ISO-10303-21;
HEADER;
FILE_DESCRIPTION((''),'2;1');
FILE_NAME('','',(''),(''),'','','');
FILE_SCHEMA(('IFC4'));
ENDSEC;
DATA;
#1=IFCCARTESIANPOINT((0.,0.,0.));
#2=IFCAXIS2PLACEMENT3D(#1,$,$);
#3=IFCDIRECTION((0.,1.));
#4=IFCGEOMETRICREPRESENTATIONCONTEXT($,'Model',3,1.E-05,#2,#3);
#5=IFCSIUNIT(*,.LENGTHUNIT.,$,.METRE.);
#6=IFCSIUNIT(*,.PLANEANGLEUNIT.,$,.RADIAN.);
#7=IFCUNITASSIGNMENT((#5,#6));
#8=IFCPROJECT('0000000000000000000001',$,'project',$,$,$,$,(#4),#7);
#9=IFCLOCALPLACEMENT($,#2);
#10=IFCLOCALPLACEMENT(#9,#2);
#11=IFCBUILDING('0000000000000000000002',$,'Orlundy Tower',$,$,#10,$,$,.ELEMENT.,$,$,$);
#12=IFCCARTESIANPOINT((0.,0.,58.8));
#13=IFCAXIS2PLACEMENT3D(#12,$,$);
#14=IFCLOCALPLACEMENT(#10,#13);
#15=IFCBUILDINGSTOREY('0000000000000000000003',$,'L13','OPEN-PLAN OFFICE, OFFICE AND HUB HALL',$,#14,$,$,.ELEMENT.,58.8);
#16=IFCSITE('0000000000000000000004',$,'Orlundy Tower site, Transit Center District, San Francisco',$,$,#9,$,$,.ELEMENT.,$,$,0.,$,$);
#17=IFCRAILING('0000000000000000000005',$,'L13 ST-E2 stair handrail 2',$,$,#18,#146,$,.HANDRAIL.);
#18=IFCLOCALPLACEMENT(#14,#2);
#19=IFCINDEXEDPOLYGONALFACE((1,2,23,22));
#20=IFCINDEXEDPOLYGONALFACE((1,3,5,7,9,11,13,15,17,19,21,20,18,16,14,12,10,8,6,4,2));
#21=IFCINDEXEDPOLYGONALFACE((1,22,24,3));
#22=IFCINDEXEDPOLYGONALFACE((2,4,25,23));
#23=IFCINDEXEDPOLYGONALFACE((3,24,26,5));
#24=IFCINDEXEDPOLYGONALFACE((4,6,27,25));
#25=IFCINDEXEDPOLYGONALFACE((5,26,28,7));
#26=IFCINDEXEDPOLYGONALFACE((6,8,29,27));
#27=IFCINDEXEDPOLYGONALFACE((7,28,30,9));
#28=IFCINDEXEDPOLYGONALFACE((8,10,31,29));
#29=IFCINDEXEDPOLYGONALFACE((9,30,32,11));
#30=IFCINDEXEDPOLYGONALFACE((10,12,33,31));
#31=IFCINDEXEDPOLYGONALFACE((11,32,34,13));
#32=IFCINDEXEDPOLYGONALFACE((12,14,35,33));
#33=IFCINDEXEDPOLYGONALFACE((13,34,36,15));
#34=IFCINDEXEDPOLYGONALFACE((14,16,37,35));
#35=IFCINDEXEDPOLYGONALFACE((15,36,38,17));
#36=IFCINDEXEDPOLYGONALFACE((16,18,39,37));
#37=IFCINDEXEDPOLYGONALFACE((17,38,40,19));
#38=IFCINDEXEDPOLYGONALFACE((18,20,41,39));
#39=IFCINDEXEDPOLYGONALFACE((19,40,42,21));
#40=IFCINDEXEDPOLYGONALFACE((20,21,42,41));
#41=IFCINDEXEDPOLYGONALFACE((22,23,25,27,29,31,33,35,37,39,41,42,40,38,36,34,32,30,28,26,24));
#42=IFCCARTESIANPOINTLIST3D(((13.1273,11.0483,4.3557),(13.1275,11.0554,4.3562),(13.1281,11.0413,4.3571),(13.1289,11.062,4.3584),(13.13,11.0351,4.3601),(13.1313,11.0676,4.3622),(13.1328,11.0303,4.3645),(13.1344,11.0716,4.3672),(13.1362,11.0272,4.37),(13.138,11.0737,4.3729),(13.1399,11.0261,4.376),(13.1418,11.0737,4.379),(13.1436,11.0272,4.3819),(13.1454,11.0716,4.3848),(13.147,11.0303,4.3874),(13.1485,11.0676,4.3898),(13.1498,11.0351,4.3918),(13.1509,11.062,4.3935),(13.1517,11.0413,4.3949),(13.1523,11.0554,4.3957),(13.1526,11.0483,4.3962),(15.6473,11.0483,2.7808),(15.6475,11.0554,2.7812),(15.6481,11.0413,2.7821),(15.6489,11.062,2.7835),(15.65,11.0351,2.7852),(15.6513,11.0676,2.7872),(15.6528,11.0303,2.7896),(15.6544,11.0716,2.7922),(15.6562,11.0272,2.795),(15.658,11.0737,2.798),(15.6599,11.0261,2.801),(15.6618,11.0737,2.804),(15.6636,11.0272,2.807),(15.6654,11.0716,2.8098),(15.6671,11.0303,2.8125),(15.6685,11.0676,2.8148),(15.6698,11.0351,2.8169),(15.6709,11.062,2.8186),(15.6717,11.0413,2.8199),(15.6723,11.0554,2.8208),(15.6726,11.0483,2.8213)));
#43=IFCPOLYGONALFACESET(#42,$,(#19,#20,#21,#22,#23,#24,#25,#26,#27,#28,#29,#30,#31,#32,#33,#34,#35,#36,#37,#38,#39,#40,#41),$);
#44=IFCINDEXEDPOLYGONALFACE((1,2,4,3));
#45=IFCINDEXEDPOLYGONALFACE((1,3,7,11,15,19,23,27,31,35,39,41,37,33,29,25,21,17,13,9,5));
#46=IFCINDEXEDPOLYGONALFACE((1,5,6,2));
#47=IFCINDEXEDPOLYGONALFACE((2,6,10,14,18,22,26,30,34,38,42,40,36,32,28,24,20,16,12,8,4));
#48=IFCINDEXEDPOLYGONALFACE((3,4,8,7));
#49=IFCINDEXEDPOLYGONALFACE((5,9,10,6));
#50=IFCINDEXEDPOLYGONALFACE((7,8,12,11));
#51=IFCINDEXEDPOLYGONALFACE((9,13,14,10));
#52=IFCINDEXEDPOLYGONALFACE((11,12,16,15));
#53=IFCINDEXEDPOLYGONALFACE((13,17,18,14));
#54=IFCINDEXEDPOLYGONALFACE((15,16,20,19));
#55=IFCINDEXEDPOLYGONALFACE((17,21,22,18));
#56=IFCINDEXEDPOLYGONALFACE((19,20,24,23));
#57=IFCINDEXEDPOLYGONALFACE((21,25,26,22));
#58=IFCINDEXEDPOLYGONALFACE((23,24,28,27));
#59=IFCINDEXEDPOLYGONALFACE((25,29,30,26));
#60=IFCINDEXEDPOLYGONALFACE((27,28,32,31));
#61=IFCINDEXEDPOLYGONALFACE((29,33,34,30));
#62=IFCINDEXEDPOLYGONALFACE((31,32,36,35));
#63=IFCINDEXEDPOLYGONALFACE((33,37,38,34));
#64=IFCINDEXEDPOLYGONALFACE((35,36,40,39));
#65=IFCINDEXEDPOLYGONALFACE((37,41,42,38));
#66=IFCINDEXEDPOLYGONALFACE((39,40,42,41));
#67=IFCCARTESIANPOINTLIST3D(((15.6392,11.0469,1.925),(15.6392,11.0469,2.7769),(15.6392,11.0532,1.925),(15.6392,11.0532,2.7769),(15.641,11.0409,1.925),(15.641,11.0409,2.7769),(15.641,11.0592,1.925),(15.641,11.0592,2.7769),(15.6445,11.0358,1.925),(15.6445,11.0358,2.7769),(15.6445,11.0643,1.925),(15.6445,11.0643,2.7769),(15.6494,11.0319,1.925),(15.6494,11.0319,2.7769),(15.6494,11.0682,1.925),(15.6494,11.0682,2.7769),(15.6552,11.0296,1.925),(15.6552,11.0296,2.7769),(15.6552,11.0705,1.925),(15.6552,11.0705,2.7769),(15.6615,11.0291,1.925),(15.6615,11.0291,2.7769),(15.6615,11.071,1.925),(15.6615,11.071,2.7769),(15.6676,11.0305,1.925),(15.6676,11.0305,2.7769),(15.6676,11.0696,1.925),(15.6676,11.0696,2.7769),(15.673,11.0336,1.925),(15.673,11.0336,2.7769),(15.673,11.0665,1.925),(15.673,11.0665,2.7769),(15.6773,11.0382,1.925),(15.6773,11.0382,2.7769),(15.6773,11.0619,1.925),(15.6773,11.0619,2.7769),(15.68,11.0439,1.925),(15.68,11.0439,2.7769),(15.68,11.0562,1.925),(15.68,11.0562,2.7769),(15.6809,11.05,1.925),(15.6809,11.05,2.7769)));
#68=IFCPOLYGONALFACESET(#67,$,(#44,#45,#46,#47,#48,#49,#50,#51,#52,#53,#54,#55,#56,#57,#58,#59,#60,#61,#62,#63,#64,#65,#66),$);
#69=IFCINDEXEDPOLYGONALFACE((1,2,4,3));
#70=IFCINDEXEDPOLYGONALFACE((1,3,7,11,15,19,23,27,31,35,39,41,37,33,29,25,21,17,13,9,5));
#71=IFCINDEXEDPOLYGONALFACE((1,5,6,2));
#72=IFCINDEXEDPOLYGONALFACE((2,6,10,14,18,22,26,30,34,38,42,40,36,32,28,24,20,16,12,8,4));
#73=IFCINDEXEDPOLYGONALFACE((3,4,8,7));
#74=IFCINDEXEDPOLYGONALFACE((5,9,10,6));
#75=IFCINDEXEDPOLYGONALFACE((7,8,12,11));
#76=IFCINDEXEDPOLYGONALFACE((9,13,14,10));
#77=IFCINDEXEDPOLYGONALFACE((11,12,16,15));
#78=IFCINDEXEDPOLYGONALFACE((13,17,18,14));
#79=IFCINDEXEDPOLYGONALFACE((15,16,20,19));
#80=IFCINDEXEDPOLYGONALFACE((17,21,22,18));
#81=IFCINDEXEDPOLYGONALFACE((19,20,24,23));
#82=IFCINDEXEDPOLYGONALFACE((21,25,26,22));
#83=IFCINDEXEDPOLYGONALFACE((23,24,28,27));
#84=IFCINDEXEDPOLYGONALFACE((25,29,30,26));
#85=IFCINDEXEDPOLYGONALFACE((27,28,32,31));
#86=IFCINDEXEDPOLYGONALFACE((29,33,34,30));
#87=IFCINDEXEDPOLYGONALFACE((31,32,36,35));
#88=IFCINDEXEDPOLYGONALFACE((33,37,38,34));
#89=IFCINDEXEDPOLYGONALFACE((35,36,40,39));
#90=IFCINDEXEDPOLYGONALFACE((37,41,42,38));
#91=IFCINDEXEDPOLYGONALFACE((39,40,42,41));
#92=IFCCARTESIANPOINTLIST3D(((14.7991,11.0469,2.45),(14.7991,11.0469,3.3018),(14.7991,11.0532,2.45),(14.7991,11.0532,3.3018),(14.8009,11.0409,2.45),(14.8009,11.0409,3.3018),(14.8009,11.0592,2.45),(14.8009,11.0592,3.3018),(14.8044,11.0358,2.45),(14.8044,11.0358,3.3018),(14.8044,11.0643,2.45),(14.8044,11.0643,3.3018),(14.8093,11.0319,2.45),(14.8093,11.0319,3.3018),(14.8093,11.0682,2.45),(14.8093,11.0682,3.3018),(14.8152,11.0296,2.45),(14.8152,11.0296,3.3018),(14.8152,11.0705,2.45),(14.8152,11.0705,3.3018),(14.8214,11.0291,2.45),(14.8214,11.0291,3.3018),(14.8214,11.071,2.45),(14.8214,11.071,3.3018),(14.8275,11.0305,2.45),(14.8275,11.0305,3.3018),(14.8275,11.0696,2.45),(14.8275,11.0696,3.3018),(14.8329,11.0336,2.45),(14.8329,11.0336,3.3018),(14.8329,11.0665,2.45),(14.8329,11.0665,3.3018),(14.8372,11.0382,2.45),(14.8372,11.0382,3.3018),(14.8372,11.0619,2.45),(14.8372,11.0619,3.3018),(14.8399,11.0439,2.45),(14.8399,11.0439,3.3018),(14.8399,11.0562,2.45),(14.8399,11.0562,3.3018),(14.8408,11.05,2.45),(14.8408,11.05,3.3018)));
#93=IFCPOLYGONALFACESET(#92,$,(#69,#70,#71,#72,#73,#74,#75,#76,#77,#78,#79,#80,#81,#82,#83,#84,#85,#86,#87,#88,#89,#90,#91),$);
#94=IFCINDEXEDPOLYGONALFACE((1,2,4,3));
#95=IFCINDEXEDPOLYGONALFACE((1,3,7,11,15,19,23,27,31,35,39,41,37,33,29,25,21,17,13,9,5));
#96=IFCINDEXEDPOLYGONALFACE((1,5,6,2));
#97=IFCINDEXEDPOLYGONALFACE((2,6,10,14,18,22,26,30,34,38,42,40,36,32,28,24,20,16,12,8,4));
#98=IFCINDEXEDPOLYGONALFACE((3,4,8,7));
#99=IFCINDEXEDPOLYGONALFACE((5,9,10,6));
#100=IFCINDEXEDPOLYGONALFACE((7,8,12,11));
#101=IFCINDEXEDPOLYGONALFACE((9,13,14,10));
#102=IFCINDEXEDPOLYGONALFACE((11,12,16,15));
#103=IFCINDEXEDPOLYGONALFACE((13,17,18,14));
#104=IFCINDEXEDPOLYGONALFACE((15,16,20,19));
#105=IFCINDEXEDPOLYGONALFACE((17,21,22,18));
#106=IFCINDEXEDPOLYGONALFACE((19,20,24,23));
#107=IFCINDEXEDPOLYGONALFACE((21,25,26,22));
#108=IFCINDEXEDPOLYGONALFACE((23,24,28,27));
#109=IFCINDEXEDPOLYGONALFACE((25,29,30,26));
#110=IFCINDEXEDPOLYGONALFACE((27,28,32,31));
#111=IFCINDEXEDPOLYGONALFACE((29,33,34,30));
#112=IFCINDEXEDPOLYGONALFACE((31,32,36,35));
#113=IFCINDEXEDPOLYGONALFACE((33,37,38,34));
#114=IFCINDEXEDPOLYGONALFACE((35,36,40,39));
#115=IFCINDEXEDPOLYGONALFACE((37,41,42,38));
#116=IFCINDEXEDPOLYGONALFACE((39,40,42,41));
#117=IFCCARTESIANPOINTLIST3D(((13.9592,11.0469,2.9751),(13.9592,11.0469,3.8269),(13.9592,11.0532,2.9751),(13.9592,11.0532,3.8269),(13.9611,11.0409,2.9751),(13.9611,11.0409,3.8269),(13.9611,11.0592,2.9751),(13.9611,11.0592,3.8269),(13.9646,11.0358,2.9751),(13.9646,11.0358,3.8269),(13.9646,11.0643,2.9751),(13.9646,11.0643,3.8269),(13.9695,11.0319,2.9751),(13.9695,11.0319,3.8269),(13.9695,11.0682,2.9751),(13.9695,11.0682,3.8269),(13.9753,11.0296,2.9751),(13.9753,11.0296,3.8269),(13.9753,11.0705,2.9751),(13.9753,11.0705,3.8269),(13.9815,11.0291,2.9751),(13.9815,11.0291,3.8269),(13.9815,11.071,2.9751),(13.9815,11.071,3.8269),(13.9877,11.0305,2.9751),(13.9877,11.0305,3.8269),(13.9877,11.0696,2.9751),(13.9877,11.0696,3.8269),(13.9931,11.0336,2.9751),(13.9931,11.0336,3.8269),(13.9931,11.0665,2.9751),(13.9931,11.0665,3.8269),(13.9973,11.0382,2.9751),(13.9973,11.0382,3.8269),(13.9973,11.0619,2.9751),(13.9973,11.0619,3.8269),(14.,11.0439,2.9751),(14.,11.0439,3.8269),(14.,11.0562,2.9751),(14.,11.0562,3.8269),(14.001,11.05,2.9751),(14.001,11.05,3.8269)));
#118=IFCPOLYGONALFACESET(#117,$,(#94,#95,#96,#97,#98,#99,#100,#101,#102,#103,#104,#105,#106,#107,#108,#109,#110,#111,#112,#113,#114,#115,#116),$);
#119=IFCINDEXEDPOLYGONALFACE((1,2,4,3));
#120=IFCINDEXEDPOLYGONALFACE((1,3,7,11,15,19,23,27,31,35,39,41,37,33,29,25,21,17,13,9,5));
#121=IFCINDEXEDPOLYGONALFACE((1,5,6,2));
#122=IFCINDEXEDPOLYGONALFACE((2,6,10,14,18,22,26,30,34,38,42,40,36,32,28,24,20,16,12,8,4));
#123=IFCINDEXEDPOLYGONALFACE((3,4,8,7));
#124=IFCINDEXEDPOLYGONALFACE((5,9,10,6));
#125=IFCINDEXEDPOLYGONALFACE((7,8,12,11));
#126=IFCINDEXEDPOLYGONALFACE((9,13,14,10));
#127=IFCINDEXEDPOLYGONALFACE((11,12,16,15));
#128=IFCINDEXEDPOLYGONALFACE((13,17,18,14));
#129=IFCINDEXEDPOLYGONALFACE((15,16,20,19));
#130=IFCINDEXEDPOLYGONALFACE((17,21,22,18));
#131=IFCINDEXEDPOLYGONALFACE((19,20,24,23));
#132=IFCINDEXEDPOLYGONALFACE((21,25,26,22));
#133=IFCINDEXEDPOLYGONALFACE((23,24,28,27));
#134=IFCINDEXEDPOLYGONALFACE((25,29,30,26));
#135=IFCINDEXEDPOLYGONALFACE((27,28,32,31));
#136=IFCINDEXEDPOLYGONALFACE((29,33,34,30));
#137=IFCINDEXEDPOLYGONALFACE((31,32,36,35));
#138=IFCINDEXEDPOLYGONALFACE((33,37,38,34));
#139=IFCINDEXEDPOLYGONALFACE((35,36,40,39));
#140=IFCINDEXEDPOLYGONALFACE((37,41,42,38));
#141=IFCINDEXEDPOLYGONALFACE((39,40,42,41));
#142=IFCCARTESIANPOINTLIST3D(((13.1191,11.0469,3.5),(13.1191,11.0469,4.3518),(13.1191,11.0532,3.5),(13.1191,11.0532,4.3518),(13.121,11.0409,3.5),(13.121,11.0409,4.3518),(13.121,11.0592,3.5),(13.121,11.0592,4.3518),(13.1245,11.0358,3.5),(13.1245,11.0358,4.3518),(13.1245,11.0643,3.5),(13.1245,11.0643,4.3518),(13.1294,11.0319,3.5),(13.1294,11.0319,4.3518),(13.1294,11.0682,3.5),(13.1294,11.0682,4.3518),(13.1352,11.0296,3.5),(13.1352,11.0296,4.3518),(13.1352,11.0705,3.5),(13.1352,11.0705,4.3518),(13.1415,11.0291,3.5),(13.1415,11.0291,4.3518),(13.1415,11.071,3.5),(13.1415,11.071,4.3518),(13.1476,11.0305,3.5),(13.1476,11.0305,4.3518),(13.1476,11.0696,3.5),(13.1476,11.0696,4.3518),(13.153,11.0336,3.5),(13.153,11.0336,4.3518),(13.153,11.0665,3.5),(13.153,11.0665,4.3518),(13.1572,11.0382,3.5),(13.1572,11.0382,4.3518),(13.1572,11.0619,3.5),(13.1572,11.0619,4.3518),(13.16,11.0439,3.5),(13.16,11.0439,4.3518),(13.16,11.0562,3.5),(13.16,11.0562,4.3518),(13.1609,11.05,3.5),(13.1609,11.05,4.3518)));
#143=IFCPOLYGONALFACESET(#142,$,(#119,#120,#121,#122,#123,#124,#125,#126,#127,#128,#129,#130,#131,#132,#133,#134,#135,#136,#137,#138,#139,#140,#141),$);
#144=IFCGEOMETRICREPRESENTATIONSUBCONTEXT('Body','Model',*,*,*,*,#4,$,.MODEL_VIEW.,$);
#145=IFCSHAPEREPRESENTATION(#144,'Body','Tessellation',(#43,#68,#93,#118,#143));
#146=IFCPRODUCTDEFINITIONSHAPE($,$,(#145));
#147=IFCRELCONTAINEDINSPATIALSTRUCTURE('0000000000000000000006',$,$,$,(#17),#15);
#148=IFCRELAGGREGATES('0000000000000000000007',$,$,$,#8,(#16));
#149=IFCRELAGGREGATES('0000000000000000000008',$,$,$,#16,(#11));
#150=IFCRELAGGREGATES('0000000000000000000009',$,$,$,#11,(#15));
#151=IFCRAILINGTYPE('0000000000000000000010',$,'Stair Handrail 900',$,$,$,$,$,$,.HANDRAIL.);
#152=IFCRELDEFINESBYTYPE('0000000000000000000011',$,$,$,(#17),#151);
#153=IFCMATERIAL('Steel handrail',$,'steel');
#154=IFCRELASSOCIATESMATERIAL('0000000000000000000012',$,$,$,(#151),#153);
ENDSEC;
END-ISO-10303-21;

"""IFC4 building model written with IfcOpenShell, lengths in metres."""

from ifc_helpers import new_model, si_unit, direction, frame, origin, origin_2d, place, context, subcontext, project, spatial, circle, extrude, material, type_object, element, save


model = new_model("IFC4")

# Units and contexts
model_context = context("Model", 3, precision=1e-05, world=origin(), true_north=direction((0.0, 1.0)))
body_context = subcontext(model_context, "Body", "Model", "MODEL_VIEW")
ifc_project = project(units=[si_unit("LENGTHUNIT", "METRE"), si_unit("PLANEANGLEUNIT", "RADIAN")], contexts=[model_context])

# Site, building, storey
site_placement = place(None, origin())
site = spatial("IfcSite", under=ifc_project, at=site_placement, Name="Orlundy Tower site, Transit Center District, San Francisco", CompositionType="ELEMENT", RefElevation=0.0)
building_placement = place(site_placement, origin())
building = spatial("IfcBuilding", under=site, at=building_placement, Name="Orlundy Tower", CompositionType="ELEMENT")
storey_placement = place(building_placement, frame((0.0, 0.0, 58.8)))
storey = spatial("IfcBuildingStorey", under=building, at=storey_placement, Name="L13", Description="OPEN-PLAN OFFICE, OFFICE AND HUB HALL", CompositionType="ELEMENT", Elevation=58.8)

# Railing
ifc_material_1 = material(Name="Steel handrail", Category="steel")
railing_type_1 = type_object("IfcRailingType", Name="Stair Handrail 900", PredefinedType="HANDRAIL", material=ifc_material_1)
railing_1_placement = place(storey_placement, frame((15.6599, 11.05, 1.925)))
element("IfcRailing", 1, at=railing_1_placement, inside=storey, type_object=railing_type_1, Name="L13 ST-E2 stair handrail 2", PredefinedType="HANDRAIL", context=body_context, shape_type="SweptSolid", body=[
    extrude(circle(Radius=0.0239, at=origin_2d()), frame((0.0, 0.0, 0.876), z_axis=(-0.848008, 0.0, 0.529984), x_axis=(0.0, -1.0, 0.0)), (0.0, 0.0, 1.0), 2.9717),
    extrude(circle(Radius=0.021, at=origin_2d()), origin(), (0.0, 0.0, 1.0), 0.8518),
    extrude(circle(Radius=0.021, at=origin_2d()), frame((-0.8401, 0.0, 0.5249)), (0.0, 0.0, 1.0), 0.8518),
    extrude(circle(Radius=0.021, at=origin_2d()), frame((-1.6799, 0.0, 1.05)), (0.0, 0.0, 1.0), 0.8518),
    extrude(circle(Radius=0.021, at=origin_2d()), frame((-2.52, 0.0, 1.575)), (0.0, 0.0, 1.0), 0.8518),
])

save(model, "model.ifc")
